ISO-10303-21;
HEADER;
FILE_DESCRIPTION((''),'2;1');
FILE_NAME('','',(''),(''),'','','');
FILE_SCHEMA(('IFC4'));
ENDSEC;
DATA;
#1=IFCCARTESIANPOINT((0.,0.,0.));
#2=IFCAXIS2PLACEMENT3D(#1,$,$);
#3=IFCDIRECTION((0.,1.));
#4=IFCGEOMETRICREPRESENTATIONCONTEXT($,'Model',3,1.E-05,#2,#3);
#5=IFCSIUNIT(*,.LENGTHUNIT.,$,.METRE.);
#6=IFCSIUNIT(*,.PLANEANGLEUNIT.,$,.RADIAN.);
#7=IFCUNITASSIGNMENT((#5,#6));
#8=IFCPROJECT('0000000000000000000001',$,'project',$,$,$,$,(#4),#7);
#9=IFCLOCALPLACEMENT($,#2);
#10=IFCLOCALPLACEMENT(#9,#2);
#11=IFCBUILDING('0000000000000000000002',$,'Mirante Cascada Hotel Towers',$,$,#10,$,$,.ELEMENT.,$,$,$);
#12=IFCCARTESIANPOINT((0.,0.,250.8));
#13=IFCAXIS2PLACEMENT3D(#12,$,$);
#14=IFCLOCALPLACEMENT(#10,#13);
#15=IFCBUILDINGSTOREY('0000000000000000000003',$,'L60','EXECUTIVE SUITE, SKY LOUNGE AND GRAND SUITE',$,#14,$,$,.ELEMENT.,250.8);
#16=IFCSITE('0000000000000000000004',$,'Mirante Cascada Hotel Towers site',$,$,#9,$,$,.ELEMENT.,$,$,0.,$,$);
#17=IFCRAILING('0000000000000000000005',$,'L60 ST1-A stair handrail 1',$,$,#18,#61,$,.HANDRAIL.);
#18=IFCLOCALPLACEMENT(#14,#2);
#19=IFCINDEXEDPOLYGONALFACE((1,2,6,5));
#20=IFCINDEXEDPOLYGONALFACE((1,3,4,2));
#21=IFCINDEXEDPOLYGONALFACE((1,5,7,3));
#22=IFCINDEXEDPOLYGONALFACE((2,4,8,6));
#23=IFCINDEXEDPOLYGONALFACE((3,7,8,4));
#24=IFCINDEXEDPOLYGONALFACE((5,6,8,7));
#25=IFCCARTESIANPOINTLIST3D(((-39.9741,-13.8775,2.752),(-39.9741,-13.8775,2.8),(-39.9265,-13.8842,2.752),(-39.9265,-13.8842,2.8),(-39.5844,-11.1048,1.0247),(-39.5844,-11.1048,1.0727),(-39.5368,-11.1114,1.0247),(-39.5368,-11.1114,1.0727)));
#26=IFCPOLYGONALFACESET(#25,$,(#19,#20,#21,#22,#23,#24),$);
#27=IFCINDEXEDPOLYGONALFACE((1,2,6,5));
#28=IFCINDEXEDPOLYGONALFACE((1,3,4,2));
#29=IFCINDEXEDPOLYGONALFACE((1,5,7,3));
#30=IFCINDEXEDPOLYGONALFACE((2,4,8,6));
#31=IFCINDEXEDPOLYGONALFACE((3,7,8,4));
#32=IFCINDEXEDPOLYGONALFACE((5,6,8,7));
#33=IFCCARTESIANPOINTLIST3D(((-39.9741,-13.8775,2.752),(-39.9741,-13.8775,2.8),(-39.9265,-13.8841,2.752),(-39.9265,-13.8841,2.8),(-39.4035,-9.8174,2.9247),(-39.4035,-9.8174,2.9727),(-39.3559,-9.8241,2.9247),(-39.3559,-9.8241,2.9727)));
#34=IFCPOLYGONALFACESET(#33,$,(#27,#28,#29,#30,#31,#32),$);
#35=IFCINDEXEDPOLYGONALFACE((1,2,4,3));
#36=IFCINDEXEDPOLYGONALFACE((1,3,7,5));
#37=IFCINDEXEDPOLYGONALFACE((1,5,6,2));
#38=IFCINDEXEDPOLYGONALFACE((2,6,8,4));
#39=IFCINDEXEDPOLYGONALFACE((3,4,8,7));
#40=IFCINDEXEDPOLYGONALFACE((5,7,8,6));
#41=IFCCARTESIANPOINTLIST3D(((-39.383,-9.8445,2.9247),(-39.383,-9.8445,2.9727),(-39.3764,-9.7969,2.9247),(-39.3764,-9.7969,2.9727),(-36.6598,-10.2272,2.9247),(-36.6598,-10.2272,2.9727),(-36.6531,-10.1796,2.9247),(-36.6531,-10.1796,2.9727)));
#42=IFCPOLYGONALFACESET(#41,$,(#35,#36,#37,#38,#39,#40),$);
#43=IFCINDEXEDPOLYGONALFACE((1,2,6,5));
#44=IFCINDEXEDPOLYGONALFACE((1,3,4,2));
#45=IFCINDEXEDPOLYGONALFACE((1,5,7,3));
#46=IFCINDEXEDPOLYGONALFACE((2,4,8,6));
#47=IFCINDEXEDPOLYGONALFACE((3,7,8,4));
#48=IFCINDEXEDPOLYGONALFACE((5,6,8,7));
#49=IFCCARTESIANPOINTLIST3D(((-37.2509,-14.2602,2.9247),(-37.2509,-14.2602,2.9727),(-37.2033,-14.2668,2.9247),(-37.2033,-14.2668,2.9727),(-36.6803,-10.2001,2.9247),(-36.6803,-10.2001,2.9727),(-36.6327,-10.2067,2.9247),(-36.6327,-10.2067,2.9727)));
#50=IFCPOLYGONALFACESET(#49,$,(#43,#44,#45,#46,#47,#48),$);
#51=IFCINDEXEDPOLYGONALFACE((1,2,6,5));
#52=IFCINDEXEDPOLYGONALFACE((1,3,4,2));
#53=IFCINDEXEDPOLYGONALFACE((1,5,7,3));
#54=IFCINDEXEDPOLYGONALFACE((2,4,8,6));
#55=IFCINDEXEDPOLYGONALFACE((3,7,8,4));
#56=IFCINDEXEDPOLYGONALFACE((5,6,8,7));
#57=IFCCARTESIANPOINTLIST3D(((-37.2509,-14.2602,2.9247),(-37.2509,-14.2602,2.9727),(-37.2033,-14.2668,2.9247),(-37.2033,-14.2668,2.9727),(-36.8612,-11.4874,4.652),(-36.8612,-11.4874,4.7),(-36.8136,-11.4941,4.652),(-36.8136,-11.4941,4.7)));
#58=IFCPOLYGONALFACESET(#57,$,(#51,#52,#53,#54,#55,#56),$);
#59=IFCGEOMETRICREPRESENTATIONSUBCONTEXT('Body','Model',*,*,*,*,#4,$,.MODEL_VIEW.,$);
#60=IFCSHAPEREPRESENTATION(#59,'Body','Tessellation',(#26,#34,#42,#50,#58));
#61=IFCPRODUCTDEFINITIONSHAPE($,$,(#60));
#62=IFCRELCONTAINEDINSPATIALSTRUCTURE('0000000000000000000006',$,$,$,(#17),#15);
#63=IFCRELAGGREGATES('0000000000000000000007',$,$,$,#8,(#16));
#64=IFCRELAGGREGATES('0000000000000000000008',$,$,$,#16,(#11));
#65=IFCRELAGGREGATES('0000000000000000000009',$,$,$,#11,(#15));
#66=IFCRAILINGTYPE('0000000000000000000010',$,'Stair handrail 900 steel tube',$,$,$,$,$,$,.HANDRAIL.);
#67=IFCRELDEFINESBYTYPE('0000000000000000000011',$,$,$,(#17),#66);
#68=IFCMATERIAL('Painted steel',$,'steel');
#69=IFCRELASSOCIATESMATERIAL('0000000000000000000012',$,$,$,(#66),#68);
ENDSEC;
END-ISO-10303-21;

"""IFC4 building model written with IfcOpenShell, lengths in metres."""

from ifc_helpers import new_model, si_unit, direction, frame, origin, origin_2d, place, context, subcontext, project, spatial, rectangle, extrude, material, type_object, element, save


model = new_model("IFC4")

# Units and contexts
model_context = context("Model", 3, precision=1e-05, world=origin(), true_north=direction((0.0, 1.0)))
body_context = subcontext(model_context, "Body", "Model", "MODEL_VIEW")
ifc_project = project(units=[si_unit("LENGTHUNIT", "METRE"), si_unit("PLANEANGLEUNIT", "RADIAN")], contexts=[model_context])

# Site, building, storey
site_placement = place(None, origin())
site = spatial("IfcSite", under=ifc_project, at=site_placement, Name="Mirante Cascada Hotel Towers site", CompositionType="ELEMENT", RefElevation=0.0)
building_placement = place(site_placement, origin())
building = spatial("IfcBuilding", under=site, at=building_placement, Name="Mirante Cascada Hotel Towers", CompositionType="ELEMENT")
storey_placement = place(building_placement, frame((0.0, 0.0, 250.8)))
storey = spatial("IfcBuildingStorey", under=building, at=storey_placement, Name="L60", Description="EXECUTIVE SUITE, SKY LOUNGE AND GRAND SUITE", CompositionType="ELEMENT", Elevation=250.8)

# Railing
ifc_material_1 = material(Name="Painted steel", Category="steel")
railing_type_1 = type_object("IfcRailingType", Name="Stair handrail 900 steel tube", PredefinedType="HANDRAIL", material=ifc_material_1)
railing_1_placement = place(storey_placement, frame((-39.5606, -11.1081, 0.1727)))
element("IfcRailing", 1, at=railing_1_placement, inside=storey, type_object=railing_type_1, Name="L60 ST1-A stair handrail 1", PredefinedType="HANDRAIL", context=body_context, shape_type="SweptSolid", body=[
    extrude(rectangle(XDim=0.048, YDim=0.048, at=origin_2d()), frame((0.0, 0.0, 0.876), z_axis=(-0.139181, -0.990267, 0.0), x_axis=(0.990267, -0.139181, 0.0)), (0.0, 0.525035, 0.851081), 3.2899),
    extrude(rectangle(XDim=0.048, YDim=0.048, at=origin_2d()), frame((-0.3897, -2.7727, 2.6033), z_axis=(0.139171, 0.990268, 0.0), x_axis=(-0.990268, 0.139171, 0.0)), (0.0, 0.042085, 0.999114), 4.1036),
    extrude(rectangle(XDim=0.048, YDim=0.048, at=origin_2d()), frame((0.1809, 1.2874, 2.776), z_axis=(0.990269, -0.139166, 0.0), x_axis=(0.139166, 0.990269, 0.0)), (0.0, 0.0, 1.0), 2.75),
    extrude(rectangle(XDim=0.048, YDim=0.048, at=origin_2d()), frame((2.9041, 0.9047, 2.776), z_axis=(-0.139171, -0.990268, 0.0), x_axis=(0.990268, -0.139171, 0.0)), (0.0, 0.0, 1.0), 4.1),
    extrude(rectangle(XDim=0.048, YDim=0.048, at=origin_2d()), frame((2.3335, -3.1554, 2.776), z_axis=(0.139181, 0.990267, 0.0), x_axis=(-0.990267, 0.139181, 0.0)), (0.0, 0.525035, 0.851081), 3.2899),
])

save(model, "model.ifc")
